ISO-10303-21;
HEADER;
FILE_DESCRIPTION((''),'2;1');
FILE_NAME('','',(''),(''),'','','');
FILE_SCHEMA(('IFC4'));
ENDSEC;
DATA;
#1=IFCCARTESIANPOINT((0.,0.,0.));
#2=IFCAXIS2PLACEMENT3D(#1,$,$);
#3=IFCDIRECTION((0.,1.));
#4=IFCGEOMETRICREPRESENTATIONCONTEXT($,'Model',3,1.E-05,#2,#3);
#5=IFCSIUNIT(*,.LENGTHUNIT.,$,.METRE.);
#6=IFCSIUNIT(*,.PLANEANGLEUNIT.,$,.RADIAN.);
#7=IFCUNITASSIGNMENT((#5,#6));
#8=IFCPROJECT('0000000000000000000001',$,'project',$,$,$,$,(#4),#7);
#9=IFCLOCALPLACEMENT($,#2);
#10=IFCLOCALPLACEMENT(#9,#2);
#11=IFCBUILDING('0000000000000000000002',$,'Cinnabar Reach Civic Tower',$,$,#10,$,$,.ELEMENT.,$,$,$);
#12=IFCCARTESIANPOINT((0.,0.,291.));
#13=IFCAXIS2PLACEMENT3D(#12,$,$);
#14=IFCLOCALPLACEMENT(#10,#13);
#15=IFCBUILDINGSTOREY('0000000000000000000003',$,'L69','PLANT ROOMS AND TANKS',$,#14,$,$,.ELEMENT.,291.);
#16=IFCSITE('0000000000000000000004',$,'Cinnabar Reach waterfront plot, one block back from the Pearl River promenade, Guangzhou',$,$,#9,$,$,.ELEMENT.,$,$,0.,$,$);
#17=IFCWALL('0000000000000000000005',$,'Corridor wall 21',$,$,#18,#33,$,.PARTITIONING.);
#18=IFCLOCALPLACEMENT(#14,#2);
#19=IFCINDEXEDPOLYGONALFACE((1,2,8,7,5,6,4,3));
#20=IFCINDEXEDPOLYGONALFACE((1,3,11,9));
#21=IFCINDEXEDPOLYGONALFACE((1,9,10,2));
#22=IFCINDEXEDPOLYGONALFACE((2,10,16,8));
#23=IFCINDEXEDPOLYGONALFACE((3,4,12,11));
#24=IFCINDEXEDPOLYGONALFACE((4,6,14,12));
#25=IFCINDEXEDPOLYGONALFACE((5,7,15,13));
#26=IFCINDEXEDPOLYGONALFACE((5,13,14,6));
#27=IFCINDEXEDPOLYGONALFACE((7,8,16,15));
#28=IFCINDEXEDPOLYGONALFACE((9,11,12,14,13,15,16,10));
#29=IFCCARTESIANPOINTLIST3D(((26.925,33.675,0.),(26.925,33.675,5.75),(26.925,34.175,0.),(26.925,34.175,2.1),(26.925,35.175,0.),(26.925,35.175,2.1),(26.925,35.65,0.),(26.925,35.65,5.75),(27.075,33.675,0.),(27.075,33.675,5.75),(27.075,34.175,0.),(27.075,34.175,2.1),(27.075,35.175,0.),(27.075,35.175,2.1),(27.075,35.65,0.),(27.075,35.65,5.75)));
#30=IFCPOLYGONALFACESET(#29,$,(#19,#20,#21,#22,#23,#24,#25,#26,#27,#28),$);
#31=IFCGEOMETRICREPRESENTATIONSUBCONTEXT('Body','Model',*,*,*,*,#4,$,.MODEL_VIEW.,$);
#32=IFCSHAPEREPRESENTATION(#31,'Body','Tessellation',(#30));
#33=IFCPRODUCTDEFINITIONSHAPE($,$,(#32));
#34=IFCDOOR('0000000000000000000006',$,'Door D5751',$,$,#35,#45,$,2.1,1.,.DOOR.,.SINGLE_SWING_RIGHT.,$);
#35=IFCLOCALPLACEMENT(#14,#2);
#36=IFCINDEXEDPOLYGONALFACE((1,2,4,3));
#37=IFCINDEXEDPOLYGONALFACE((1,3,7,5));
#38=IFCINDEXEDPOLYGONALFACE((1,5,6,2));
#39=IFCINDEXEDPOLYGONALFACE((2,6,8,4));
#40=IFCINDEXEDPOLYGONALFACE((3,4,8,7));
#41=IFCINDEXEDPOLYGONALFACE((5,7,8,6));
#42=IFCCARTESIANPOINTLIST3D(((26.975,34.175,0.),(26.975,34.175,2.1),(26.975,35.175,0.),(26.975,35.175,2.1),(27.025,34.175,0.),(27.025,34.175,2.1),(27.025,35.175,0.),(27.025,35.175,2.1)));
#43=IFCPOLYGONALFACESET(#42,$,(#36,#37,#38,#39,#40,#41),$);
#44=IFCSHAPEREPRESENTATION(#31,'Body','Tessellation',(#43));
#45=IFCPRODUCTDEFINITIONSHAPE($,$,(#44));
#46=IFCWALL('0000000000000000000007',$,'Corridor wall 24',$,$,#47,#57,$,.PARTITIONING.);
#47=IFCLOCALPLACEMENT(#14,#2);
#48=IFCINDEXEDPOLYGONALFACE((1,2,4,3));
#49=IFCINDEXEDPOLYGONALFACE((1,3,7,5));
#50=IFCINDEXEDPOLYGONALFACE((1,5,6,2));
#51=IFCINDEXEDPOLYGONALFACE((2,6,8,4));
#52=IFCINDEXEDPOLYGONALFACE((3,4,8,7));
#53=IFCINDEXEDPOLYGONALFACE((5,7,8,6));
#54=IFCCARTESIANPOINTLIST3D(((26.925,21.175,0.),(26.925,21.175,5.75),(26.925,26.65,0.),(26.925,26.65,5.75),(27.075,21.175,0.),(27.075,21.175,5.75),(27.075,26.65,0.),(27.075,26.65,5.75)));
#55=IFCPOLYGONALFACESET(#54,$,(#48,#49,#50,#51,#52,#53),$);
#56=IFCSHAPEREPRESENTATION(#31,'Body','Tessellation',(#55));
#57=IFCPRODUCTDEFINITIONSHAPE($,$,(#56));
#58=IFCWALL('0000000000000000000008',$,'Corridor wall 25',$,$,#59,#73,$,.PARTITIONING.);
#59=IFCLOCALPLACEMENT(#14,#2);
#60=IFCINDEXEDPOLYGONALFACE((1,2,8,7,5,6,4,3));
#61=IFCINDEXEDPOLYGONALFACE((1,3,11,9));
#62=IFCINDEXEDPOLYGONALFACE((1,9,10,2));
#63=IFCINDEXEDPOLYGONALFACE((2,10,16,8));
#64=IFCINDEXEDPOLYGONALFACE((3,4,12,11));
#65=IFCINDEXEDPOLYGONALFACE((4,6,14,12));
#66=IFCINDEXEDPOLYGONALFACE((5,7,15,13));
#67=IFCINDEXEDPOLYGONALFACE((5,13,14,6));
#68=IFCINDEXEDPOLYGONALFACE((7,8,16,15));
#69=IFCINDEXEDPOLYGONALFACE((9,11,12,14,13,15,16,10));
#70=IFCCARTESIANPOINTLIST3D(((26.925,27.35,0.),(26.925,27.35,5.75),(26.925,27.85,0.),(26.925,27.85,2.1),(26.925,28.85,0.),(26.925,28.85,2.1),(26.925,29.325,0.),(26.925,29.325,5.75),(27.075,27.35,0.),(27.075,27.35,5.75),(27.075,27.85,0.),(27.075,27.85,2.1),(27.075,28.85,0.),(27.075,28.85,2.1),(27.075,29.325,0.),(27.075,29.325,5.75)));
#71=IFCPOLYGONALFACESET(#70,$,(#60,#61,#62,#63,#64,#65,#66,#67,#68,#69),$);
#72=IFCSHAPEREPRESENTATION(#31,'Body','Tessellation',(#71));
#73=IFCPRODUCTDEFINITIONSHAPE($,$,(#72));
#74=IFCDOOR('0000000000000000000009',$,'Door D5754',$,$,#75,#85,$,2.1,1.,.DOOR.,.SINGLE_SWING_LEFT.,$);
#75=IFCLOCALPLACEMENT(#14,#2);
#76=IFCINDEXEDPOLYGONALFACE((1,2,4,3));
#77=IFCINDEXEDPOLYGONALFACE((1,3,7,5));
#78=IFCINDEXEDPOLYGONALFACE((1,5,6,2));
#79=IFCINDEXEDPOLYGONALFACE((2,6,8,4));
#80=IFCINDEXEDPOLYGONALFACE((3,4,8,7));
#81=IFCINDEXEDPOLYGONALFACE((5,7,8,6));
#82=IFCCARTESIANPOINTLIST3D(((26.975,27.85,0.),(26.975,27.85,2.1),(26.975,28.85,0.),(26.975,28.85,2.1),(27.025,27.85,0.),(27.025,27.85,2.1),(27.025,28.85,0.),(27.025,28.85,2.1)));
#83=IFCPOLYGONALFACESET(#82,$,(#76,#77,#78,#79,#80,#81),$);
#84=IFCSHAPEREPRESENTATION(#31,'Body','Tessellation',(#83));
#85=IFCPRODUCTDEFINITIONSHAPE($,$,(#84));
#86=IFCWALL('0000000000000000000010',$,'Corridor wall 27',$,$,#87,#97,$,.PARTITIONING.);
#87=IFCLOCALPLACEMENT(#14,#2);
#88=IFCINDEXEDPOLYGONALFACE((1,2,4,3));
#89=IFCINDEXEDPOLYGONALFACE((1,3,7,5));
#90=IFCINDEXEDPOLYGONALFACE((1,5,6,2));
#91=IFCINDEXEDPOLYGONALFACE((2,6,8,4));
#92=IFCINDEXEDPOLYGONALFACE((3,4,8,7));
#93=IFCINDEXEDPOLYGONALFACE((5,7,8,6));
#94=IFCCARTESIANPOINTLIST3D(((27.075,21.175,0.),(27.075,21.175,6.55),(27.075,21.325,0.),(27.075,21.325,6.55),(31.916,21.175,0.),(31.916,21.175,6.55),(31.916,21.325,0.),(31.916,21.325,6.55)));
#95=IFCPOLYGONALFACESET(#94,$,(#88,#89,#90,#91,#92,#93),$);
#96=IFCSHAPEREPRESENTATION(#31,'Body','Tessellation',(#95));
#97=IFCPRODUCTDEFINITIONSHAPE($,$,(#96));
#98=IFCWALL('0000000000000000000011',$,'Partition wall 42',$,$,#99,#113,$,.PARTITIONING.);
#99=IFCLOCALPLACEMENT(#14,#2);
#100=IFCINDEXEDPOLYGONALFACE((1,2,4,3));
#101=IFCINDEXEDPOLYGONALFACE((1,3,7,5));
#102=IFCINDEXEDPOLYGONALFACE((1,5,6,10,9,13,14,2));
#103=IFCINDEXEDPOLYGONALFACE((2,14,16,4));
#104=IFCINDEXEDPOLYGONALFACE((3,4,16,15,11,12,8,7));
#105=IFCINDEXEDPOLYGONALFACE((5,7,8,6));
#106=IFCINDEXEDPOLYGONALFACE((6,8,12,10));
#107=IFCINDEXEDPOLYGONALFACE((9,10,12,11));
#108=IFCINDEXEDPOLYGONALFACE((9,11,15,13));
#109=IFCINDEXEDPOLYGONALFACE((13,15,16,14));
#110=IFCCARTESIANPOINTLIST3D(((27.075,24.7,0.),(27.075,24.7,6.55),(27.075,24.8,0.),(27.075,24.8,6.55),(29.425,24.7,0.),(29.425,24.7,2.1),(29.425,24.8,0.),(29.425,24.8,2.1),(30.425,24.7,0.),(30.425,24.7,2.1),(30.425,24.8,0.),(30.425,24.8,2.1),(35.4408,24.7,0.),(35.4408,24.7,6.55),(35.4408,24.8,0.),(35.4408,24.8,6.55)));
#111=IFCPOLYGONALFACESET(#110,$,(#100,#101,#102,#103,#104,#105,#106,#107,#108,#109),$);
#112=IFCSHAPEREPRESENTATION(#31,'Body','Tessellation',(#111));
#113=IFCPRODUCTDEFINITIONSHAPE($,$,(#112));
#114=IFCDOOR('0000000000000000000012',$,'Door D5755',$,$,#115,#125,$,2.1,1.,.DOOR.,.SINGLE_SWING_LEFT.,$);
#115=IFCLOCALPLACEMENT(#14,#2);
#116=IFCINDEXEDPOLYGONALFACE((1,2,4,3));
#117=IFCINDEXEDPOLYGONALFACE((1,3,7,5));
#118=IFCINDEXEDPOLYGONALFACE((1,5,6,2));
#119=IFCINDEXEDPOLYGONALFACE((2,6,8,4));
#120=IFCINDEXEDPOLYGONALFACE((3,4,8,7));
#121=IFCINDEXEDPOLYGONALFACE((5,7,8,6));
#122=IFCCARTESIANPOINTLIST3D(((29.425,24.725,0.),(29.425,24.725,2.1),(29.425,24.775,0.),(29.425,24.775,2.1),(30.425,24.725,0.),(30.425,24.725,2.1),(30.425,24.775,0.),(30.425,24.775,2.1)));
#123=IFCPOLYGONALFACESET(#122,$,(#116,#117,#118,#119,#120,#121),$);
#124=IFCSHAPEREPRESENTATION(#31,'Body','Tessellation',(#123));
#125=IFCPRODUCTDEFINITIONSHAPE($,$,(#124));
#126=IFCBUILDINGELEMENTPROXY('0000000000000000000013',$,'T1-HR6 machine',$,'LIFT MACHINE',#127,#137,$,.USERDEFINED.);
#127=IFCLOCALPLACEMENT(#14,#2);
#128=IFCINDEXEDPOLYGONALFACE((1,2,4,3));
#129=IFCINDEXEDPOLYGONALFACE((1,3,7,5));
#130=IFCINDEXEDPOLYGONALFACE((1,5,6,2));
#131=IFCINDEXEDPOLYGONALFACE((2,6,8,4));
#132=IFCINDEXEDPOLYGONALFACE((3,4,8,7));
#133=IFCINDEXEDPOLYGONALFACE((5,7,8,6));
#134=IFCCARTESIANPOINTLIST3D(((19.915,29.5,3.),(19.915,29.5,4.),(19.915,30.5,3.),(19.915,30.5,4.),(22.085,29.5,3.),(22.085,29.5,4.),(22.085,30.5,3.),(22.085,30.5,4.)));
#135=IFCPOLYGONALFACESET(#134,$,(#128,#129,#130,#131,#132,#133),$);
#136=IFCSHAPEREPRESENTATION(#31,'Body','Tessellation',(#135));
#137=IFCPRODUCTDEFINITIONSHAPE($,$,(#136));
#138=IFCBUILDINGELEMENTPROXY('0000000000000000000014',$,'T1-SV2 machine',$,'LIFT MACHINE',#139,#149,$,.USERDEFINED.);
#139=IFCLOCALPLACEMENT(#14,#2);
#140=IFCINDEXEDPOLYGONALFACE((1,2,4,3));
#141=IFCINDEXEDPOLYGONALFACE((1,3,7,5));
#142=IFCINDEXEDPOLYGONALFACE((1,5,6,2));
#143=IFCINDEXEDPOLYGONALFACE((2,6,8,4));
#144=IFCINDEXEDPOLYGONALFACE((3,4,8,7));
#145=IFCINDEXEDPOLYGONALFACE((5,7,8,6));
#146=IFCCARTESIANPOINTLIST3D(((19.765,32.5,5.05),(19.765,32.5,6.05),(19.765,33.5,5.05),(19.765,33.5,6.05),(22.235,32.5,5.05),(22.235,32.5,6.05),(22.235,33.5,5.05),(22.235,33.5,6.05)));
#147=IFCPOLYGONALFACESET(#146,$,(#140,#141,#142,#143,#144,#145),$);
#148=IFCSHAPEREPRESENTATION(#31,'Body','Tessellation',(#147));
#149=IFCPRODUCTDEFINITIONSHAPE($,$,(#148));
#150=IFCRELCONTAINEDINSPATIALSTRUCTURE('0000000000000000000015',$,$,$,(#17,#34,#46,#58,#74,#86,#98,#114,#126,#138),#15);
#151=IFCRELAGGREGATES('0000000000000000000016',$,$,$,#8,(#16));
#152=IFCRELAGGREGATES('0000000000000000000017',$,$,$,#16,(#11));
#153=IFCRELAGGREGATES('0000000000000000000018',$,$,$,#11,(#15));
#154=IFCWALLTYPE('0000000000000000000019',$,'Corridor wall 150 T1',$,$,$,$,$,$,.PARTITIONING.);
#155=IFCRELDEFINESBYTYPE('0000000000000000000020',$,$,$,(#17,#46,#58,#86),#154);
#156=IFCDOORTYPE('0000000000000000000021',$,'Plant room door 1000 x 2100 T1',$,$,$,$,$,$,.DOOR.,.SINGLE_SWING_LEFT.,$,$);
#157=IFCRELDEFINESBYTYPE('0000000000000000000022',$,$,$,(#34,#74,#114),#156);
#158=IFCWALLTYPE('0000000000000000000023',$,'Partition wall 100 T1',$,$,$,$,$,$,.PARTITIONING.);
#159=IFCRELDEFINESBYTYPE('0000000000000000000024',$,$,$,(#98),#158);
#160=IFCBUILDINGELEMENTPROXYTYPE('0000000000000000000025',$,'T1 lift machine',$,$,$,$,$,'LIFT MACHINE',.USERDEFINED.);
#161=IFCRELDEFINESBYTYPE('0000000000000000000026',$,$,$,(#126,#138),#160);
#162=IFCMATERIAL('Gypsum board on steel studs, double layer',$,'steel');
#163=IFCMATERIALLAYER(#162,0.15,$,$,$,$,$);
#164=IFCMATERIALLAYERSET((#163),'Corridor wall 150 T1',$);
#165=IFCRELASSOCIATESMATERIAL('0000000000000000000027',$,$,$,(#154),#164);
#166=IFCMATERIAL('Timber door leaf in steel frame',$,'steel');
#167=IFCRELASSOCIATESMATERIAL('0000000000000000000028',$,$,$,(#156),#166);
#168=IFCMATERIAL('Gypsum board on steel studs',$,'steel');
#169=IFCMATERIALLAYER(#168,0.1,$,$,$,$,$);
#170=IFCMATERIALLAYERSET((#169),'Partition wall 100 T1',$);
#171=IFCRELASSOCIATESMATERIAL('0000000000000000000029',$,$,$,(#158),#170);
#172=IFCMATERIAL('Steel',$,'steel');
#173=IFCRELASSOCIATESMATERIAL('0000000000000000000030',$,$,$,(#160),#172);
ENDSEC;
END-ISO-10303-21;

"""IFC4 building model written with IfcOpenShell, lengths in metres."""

from ifc_helpers import new_model, si_unit, direction, frame, frame_2d, origin, origin_2d, place, context, subcontext, project, spatial, rectangle, extrude, material, layer, layer_set, type_object, element, fill, save


model = new_model("IFC4")

# Units and contexts
model_context = context("Model", 3, precision=1e-05, world=origin(), true_north=direction((0.0, 1.0)))
body_context = subcontext(model_context, "Body", "Model", "MODEL_VIEW")
ifc_project = project(units=[si_unit("LENGTHUNIT", "METRE"), si_unit("PLANEANGLEUNIT", "RADIAN")], contexts=[model_context])

# Site, building, storey
site_placement = place(None, origin())
site = spatial("IfcSite", under=ifc_project, at=site_placement, Name="Cinnabar Reach waterfront plot, one block back from the Pearl River promenade, Guangzhou", CompositionType="ELEMENT", RefElevation=0.0)
building_placement = place(site_placement, origin())
building = spatial("IfcBuilding", under=site, at=building_placement, Name="Cinnabar Reach Civic Tower", CompositionType="ELEMENT")
storey_placement = place(building_placement, frame((0.0, 0.0, 291.0)))
storey = spatial("IfcBuildingStorey", under=building, at=storey_placement, Name="L69", Description="PLANT ROOMS AND TANKS", CompositionType="ELEMENT", Elevation=291.0)

# Shared definitions
ifc_material_1 = material(Name="Timber door leaf in steel frame", Category="steel")

# Wall, opening, door
ifc_material_2 = material(Name="Gypsum board on steel studs, double layer", Category="steel")
ifc_layer_1 = layer(ifc_material_2, 0.15)
ifc_layer_set_1 = layer_set([ifc_layer_1], Name="Corridor wall 150 T1")
wall_type_1 = type_object("IfcWallType", Name="Corridor wall 150 T1", PredefinedType="PARTITIONING", material=ifc_layer_set_1)
wall_1_placement = place(storey_placement, frame((27.0, 33.675, 0.0), z_axis=(0.0, 0.0, 1.0), x_axis=(0.0, 1.0, 0.0)))
wall_1 = element("IfcWall", 1, at=wall_1_placement, inside=storey, type_object=wall_type_1, Name="Corridor wall 21", PredefinedType="PARTITIONING", context=body_context, shape_type="SweptSolid", body=[
    extrude(rectangle(XDim=1.975, YDim=0.15, at=frame_2d((0.9875, 0.0))), origin(), (0.0, 0.0, 1.0), 5.75),
])
opening_1_placement = place(wall_1_placement, frame((0.5, 0.0, 0.0)))
opening_1 = element("IfcOpeningElement", 2, at=opening_1_placement, cuts=wall_1, PredefinedType="OPENING", context=body_context, shape_type="SweptSolid", body=[
    extrude(rectangle(XDim=1.0, YDim=2.1, at=frame_2d((0.5, 1.05))), frame((0.0, 0.085, 0.0), z_axis=(0.0, -1.0, 0.0), x_axis=(1.0, 0.0, 0.0)), (0.0, 0.0, 1.0), 0.17),
])
door_type_1 = type_object("IfcDoorType", Name="Plant room door 1000 x 2100 T1", OperationType="SINGLE_SWING_LEFT", PredefinedType="DOOR", material=ifc_material_1)
door_1_placement = place(opening_1_placement, frame((1.0, 0.0, 0.0), z_axis=(0.0, 0.0, 1.0), x_axis=(-1.0, 0.0, 0.0)))
door_1 = element("IfcDoor", 3, at=door_1_placement, inside=storey, type_object=door_type_1, Name="Door D5751", OperationType="SINGLE_SWING_RIGHT", OverallHeight=2.1, OverallWidth=1.0, PredefinedType="DOOR", context=body_context, shape_type="SweptSolid", body=[
    extrude(rectangle(XDim=1.0, YDim=2.1, at=frame_2d((0.5, 1.05))), frame((0.0, 0.025, 0.0), z_axis=(0.0, -1.0, 0.0), x_axis=(1.0, 0.0, 0.0)), (0.0, 0.0, 1.0), 0.05),
])
fill(opening_1, door_1)

# Wall
wall_2_placement = place(storey_placement, frame((27.0, 21.175, 0.0), z_axis=(0.0, 0.0, 1.0), x_axis=(0.0, 1.0, 0.0)))
element("IfcWall", 4, at=wall_2_placement, inside=storey, type_object=wall_type_1, Name="Corridor wall 24", PredefinedType="PARTITIONING", context=body_context, shape_type="SweptSolid", body=[
    extrude(rectangle(XDim=5.475, YDim=0.15, at=frame_2d((2.7375, 0.0))), origin(), (0.0, 0.0, 1.0), 5.75),
])

# Wall, opening, door
wall_3_placement = place(storey_placement, frame((27.0, 27.35, 0.0), z_axis=(0.0, 0.0, 1.0), x_axis=(0.0, 1.0, 0.0)))
wall_3 = element("IfcWall", 5, at=wall_3_placement, inside=storey, type_object=wall_type_1, Name="Corridor wall 25", PredefinedType="PARTITIONING", context=body_context, shape_type="SweptSolid", body=[
    extrude(rectangle(XDim=1.975, YDim=0.15, at=frame_2d((0.9875, 0.0))), origin(), (0.0, 0.0, 1.0), 5.75),
])
opening_2_placement = place(wall_3_placement, frame((0.5, 0.0, 0.0)))
opening_2 = element("IfcOpeningElement", 6, at=opening_2_placement, cuts=wall_3, PredefinedType="OPENING", context=body_context, shape_type="SweptSolid", body=[
    extrude(rectangle(XDim=1.0, YDim=2.1, at=frame_2d((0.5, 1.05))), frame((0.0, 0.085, 0.0), z_axis=(0.0, -1.0, 0.0), x_axis=(1.0, 0.0, 0.0)), (0.0, 0.0, 1.0), 0.17),
])
door_2_placement = place(opening_2_placement, frame((1.0, 0.0, 0.0), z_axis=(0.0, 0.0, 1.0), x_axis=(-1.0, 0.0, 0.0)))
door_2 = element("IfcDoor", 7, at=door_2_placement, inside=storey, type_object=door_type_1, Name="Door D5754", OperationType="SINGLE_SWING_LEFT", OverallHeight=2.1, OverallWidth=1.0, PredefinedType="DOOR", context=body_context, shape_type="SweptSolid", body=[
    extrude(rectangle(XDim=1.0, YDim=2.1, at=frame_2d((0.5, 1.05))), frame((0.0, 0.025, 0.0), z_axis=(0.0, -1.0, 0.0), x_axis=(1.0, 0.0, 0.0)), (0.0, 0.0, 1.0), 0.05),
])
fill(opening_2, door_2)

# Wall
wall_4_placement = place(storey_placement, frame((27.075, 21.25, 0.0), z_axis=(0.0, 0.0, 1.0), x_axis=(1.0, 0.0, 0.0)))
element("IfcWall", 8, at=wall_4_placement, inside=storey, type_object=wall_type_1, Name="Corridor wall 27", PredefinedType="PARTITIONING", context=body_context, shape_type="SweptSolid", body=[
    extrude(rectangle(XDim=4.841, YDim=0.15, at=frame_2d((2.4205, 0.0))), origin(), (0.0, 0.0, 1.0), 6.55),
])

# Wall, opening, door
ifc_material_3 = material(Name="Gypsum board on steel studs", Category="steel")
ifc_layer_2 = layer(ifc_material_3, 0.1)
ifc_layer_set_2 = layer_set([ifc_layer_2], Name="Partition wall 100 T1")
wall_type_2 = type_object("IfcWallType", Name="Partition wall 100 T1", PredefinedType="PARTITIONING", material=ifc_layer_set_2)
wall_5_placement = place(storey_placement, frame((27.075, 24.75, 0.0), z_axis=(0.0, 0.0, 1.0), x_axis=(1.0, 0.0, 0.0)))
wall_5 = element("IfcWall", 9, at=wall_5_placement, inside=storey, type_object=wall_type_2, Name="Partition wall 42", PredefinedType="PARTITIONING", context=body_context, shape_type="SweptSolid", body=[
    extrude(rectangle(XDim=8.3659, YDim=0.1, at=frame_2d((4.1829, 0.0))), origin(), (0.0, 0.0, 1.0), 6.55),
])
opening_3_placement = place(wall_5_placement, frame((2.35, 0.0, 0.0)))
opening_3 = element("IfcOpeningElement", 10, at=opening_3_placement, cuts=wall_5, PredefinedType="OPENING", context=body_context, shape_type="SweptSolid", body=[
    extrude(rectangle(XDim=1.0, YDim=2.1, at=frame_2d((0.5, 1.05))), frame((0.0, 0.06, 0.0), z_axis=(0.0, -1.0, 0.0), x_axis=(1.0, 0.0, 0.0)), (0.0, 0.0, 1.0), 0.12),
])
door_3_placement = place(opening_3_placement, origin())
door_3 = element("IfcDoor", 11, at=door_3_placement, inside=storey, type_object=door_type_1, Name="Door D5755", OperationType="SINGLE_SWING_LEFT", OverallHeight=2.1, OverallWidth=1.0, PredefinedType="DOOR", context=body_context, shape_type="SweptSolid", body=[
    extrude(rectangle(XDim=1.0, YDim=2.1, at=frame_2d((0.5, 1.05))), frame((0.0, 0.025, 0.0), z_axis=(0.0, -1.0, 0.0), x_axis=(1.0, 0.0, 0.0)), (0.0, 0.0, 1.0), 0.05),
])
fill(opening_3, door_3)

# Building element proxies
ifc_material_4 = material(Name="Steel", Category="steel")
building_element_proxy_type = type_object("IfcBuildingElementProxyType", Name="T1 lift machine", ElementType="LIFT MACHINE", PredefinedType="USERDEFINED", material=ifc_material_4)
proxy_1_placement = place(storey_placement, frame((21.0, 30.0, 3.0), z_axis=(0.0, 0.0, 1.0), x_axis=(1.0, 0.0, 0.0)))
element("IfcBuildingElementProxy", 12, at=proxy_1_placement, inside=storey, type_object=building_element_proxy_type, Name="T1-HR6 machine", ObjectType="LIFT MACHINE", PredefinedType="USERDEFINED", context=body_context, shape_type="SweptSolid", body=[
    extrude(rectangle(XDim=2.17, YDim=1.0, at=origin_2d()), origin(), (0.0, 0.0, 1.0), 1.0),
])
proxy_2_placement = place(storey_placement, frame((21.0, 33.0, 5.05), z_axis=(0.0, 0.0, 1.0), x_axis=(1.0, 0.0, 0.0)))
element("IfcBuildingElementProxy", 13, at=proxy_2_placement, inside=storey, type_object=building_element_proxy_type, Name="T1-SV2 machine", ObjectType="LIFT MACHINE", PredefinedType="USERDEFINED", context=body_context, shape_type="SweptSolid", body=[
    extrude(rectangle(XDim=2.47, YDim=1.0, at=origin_2d()), origin(), (0.0, 0.0, 1.0), 1.0),
])

save(model, "model.ifc")
